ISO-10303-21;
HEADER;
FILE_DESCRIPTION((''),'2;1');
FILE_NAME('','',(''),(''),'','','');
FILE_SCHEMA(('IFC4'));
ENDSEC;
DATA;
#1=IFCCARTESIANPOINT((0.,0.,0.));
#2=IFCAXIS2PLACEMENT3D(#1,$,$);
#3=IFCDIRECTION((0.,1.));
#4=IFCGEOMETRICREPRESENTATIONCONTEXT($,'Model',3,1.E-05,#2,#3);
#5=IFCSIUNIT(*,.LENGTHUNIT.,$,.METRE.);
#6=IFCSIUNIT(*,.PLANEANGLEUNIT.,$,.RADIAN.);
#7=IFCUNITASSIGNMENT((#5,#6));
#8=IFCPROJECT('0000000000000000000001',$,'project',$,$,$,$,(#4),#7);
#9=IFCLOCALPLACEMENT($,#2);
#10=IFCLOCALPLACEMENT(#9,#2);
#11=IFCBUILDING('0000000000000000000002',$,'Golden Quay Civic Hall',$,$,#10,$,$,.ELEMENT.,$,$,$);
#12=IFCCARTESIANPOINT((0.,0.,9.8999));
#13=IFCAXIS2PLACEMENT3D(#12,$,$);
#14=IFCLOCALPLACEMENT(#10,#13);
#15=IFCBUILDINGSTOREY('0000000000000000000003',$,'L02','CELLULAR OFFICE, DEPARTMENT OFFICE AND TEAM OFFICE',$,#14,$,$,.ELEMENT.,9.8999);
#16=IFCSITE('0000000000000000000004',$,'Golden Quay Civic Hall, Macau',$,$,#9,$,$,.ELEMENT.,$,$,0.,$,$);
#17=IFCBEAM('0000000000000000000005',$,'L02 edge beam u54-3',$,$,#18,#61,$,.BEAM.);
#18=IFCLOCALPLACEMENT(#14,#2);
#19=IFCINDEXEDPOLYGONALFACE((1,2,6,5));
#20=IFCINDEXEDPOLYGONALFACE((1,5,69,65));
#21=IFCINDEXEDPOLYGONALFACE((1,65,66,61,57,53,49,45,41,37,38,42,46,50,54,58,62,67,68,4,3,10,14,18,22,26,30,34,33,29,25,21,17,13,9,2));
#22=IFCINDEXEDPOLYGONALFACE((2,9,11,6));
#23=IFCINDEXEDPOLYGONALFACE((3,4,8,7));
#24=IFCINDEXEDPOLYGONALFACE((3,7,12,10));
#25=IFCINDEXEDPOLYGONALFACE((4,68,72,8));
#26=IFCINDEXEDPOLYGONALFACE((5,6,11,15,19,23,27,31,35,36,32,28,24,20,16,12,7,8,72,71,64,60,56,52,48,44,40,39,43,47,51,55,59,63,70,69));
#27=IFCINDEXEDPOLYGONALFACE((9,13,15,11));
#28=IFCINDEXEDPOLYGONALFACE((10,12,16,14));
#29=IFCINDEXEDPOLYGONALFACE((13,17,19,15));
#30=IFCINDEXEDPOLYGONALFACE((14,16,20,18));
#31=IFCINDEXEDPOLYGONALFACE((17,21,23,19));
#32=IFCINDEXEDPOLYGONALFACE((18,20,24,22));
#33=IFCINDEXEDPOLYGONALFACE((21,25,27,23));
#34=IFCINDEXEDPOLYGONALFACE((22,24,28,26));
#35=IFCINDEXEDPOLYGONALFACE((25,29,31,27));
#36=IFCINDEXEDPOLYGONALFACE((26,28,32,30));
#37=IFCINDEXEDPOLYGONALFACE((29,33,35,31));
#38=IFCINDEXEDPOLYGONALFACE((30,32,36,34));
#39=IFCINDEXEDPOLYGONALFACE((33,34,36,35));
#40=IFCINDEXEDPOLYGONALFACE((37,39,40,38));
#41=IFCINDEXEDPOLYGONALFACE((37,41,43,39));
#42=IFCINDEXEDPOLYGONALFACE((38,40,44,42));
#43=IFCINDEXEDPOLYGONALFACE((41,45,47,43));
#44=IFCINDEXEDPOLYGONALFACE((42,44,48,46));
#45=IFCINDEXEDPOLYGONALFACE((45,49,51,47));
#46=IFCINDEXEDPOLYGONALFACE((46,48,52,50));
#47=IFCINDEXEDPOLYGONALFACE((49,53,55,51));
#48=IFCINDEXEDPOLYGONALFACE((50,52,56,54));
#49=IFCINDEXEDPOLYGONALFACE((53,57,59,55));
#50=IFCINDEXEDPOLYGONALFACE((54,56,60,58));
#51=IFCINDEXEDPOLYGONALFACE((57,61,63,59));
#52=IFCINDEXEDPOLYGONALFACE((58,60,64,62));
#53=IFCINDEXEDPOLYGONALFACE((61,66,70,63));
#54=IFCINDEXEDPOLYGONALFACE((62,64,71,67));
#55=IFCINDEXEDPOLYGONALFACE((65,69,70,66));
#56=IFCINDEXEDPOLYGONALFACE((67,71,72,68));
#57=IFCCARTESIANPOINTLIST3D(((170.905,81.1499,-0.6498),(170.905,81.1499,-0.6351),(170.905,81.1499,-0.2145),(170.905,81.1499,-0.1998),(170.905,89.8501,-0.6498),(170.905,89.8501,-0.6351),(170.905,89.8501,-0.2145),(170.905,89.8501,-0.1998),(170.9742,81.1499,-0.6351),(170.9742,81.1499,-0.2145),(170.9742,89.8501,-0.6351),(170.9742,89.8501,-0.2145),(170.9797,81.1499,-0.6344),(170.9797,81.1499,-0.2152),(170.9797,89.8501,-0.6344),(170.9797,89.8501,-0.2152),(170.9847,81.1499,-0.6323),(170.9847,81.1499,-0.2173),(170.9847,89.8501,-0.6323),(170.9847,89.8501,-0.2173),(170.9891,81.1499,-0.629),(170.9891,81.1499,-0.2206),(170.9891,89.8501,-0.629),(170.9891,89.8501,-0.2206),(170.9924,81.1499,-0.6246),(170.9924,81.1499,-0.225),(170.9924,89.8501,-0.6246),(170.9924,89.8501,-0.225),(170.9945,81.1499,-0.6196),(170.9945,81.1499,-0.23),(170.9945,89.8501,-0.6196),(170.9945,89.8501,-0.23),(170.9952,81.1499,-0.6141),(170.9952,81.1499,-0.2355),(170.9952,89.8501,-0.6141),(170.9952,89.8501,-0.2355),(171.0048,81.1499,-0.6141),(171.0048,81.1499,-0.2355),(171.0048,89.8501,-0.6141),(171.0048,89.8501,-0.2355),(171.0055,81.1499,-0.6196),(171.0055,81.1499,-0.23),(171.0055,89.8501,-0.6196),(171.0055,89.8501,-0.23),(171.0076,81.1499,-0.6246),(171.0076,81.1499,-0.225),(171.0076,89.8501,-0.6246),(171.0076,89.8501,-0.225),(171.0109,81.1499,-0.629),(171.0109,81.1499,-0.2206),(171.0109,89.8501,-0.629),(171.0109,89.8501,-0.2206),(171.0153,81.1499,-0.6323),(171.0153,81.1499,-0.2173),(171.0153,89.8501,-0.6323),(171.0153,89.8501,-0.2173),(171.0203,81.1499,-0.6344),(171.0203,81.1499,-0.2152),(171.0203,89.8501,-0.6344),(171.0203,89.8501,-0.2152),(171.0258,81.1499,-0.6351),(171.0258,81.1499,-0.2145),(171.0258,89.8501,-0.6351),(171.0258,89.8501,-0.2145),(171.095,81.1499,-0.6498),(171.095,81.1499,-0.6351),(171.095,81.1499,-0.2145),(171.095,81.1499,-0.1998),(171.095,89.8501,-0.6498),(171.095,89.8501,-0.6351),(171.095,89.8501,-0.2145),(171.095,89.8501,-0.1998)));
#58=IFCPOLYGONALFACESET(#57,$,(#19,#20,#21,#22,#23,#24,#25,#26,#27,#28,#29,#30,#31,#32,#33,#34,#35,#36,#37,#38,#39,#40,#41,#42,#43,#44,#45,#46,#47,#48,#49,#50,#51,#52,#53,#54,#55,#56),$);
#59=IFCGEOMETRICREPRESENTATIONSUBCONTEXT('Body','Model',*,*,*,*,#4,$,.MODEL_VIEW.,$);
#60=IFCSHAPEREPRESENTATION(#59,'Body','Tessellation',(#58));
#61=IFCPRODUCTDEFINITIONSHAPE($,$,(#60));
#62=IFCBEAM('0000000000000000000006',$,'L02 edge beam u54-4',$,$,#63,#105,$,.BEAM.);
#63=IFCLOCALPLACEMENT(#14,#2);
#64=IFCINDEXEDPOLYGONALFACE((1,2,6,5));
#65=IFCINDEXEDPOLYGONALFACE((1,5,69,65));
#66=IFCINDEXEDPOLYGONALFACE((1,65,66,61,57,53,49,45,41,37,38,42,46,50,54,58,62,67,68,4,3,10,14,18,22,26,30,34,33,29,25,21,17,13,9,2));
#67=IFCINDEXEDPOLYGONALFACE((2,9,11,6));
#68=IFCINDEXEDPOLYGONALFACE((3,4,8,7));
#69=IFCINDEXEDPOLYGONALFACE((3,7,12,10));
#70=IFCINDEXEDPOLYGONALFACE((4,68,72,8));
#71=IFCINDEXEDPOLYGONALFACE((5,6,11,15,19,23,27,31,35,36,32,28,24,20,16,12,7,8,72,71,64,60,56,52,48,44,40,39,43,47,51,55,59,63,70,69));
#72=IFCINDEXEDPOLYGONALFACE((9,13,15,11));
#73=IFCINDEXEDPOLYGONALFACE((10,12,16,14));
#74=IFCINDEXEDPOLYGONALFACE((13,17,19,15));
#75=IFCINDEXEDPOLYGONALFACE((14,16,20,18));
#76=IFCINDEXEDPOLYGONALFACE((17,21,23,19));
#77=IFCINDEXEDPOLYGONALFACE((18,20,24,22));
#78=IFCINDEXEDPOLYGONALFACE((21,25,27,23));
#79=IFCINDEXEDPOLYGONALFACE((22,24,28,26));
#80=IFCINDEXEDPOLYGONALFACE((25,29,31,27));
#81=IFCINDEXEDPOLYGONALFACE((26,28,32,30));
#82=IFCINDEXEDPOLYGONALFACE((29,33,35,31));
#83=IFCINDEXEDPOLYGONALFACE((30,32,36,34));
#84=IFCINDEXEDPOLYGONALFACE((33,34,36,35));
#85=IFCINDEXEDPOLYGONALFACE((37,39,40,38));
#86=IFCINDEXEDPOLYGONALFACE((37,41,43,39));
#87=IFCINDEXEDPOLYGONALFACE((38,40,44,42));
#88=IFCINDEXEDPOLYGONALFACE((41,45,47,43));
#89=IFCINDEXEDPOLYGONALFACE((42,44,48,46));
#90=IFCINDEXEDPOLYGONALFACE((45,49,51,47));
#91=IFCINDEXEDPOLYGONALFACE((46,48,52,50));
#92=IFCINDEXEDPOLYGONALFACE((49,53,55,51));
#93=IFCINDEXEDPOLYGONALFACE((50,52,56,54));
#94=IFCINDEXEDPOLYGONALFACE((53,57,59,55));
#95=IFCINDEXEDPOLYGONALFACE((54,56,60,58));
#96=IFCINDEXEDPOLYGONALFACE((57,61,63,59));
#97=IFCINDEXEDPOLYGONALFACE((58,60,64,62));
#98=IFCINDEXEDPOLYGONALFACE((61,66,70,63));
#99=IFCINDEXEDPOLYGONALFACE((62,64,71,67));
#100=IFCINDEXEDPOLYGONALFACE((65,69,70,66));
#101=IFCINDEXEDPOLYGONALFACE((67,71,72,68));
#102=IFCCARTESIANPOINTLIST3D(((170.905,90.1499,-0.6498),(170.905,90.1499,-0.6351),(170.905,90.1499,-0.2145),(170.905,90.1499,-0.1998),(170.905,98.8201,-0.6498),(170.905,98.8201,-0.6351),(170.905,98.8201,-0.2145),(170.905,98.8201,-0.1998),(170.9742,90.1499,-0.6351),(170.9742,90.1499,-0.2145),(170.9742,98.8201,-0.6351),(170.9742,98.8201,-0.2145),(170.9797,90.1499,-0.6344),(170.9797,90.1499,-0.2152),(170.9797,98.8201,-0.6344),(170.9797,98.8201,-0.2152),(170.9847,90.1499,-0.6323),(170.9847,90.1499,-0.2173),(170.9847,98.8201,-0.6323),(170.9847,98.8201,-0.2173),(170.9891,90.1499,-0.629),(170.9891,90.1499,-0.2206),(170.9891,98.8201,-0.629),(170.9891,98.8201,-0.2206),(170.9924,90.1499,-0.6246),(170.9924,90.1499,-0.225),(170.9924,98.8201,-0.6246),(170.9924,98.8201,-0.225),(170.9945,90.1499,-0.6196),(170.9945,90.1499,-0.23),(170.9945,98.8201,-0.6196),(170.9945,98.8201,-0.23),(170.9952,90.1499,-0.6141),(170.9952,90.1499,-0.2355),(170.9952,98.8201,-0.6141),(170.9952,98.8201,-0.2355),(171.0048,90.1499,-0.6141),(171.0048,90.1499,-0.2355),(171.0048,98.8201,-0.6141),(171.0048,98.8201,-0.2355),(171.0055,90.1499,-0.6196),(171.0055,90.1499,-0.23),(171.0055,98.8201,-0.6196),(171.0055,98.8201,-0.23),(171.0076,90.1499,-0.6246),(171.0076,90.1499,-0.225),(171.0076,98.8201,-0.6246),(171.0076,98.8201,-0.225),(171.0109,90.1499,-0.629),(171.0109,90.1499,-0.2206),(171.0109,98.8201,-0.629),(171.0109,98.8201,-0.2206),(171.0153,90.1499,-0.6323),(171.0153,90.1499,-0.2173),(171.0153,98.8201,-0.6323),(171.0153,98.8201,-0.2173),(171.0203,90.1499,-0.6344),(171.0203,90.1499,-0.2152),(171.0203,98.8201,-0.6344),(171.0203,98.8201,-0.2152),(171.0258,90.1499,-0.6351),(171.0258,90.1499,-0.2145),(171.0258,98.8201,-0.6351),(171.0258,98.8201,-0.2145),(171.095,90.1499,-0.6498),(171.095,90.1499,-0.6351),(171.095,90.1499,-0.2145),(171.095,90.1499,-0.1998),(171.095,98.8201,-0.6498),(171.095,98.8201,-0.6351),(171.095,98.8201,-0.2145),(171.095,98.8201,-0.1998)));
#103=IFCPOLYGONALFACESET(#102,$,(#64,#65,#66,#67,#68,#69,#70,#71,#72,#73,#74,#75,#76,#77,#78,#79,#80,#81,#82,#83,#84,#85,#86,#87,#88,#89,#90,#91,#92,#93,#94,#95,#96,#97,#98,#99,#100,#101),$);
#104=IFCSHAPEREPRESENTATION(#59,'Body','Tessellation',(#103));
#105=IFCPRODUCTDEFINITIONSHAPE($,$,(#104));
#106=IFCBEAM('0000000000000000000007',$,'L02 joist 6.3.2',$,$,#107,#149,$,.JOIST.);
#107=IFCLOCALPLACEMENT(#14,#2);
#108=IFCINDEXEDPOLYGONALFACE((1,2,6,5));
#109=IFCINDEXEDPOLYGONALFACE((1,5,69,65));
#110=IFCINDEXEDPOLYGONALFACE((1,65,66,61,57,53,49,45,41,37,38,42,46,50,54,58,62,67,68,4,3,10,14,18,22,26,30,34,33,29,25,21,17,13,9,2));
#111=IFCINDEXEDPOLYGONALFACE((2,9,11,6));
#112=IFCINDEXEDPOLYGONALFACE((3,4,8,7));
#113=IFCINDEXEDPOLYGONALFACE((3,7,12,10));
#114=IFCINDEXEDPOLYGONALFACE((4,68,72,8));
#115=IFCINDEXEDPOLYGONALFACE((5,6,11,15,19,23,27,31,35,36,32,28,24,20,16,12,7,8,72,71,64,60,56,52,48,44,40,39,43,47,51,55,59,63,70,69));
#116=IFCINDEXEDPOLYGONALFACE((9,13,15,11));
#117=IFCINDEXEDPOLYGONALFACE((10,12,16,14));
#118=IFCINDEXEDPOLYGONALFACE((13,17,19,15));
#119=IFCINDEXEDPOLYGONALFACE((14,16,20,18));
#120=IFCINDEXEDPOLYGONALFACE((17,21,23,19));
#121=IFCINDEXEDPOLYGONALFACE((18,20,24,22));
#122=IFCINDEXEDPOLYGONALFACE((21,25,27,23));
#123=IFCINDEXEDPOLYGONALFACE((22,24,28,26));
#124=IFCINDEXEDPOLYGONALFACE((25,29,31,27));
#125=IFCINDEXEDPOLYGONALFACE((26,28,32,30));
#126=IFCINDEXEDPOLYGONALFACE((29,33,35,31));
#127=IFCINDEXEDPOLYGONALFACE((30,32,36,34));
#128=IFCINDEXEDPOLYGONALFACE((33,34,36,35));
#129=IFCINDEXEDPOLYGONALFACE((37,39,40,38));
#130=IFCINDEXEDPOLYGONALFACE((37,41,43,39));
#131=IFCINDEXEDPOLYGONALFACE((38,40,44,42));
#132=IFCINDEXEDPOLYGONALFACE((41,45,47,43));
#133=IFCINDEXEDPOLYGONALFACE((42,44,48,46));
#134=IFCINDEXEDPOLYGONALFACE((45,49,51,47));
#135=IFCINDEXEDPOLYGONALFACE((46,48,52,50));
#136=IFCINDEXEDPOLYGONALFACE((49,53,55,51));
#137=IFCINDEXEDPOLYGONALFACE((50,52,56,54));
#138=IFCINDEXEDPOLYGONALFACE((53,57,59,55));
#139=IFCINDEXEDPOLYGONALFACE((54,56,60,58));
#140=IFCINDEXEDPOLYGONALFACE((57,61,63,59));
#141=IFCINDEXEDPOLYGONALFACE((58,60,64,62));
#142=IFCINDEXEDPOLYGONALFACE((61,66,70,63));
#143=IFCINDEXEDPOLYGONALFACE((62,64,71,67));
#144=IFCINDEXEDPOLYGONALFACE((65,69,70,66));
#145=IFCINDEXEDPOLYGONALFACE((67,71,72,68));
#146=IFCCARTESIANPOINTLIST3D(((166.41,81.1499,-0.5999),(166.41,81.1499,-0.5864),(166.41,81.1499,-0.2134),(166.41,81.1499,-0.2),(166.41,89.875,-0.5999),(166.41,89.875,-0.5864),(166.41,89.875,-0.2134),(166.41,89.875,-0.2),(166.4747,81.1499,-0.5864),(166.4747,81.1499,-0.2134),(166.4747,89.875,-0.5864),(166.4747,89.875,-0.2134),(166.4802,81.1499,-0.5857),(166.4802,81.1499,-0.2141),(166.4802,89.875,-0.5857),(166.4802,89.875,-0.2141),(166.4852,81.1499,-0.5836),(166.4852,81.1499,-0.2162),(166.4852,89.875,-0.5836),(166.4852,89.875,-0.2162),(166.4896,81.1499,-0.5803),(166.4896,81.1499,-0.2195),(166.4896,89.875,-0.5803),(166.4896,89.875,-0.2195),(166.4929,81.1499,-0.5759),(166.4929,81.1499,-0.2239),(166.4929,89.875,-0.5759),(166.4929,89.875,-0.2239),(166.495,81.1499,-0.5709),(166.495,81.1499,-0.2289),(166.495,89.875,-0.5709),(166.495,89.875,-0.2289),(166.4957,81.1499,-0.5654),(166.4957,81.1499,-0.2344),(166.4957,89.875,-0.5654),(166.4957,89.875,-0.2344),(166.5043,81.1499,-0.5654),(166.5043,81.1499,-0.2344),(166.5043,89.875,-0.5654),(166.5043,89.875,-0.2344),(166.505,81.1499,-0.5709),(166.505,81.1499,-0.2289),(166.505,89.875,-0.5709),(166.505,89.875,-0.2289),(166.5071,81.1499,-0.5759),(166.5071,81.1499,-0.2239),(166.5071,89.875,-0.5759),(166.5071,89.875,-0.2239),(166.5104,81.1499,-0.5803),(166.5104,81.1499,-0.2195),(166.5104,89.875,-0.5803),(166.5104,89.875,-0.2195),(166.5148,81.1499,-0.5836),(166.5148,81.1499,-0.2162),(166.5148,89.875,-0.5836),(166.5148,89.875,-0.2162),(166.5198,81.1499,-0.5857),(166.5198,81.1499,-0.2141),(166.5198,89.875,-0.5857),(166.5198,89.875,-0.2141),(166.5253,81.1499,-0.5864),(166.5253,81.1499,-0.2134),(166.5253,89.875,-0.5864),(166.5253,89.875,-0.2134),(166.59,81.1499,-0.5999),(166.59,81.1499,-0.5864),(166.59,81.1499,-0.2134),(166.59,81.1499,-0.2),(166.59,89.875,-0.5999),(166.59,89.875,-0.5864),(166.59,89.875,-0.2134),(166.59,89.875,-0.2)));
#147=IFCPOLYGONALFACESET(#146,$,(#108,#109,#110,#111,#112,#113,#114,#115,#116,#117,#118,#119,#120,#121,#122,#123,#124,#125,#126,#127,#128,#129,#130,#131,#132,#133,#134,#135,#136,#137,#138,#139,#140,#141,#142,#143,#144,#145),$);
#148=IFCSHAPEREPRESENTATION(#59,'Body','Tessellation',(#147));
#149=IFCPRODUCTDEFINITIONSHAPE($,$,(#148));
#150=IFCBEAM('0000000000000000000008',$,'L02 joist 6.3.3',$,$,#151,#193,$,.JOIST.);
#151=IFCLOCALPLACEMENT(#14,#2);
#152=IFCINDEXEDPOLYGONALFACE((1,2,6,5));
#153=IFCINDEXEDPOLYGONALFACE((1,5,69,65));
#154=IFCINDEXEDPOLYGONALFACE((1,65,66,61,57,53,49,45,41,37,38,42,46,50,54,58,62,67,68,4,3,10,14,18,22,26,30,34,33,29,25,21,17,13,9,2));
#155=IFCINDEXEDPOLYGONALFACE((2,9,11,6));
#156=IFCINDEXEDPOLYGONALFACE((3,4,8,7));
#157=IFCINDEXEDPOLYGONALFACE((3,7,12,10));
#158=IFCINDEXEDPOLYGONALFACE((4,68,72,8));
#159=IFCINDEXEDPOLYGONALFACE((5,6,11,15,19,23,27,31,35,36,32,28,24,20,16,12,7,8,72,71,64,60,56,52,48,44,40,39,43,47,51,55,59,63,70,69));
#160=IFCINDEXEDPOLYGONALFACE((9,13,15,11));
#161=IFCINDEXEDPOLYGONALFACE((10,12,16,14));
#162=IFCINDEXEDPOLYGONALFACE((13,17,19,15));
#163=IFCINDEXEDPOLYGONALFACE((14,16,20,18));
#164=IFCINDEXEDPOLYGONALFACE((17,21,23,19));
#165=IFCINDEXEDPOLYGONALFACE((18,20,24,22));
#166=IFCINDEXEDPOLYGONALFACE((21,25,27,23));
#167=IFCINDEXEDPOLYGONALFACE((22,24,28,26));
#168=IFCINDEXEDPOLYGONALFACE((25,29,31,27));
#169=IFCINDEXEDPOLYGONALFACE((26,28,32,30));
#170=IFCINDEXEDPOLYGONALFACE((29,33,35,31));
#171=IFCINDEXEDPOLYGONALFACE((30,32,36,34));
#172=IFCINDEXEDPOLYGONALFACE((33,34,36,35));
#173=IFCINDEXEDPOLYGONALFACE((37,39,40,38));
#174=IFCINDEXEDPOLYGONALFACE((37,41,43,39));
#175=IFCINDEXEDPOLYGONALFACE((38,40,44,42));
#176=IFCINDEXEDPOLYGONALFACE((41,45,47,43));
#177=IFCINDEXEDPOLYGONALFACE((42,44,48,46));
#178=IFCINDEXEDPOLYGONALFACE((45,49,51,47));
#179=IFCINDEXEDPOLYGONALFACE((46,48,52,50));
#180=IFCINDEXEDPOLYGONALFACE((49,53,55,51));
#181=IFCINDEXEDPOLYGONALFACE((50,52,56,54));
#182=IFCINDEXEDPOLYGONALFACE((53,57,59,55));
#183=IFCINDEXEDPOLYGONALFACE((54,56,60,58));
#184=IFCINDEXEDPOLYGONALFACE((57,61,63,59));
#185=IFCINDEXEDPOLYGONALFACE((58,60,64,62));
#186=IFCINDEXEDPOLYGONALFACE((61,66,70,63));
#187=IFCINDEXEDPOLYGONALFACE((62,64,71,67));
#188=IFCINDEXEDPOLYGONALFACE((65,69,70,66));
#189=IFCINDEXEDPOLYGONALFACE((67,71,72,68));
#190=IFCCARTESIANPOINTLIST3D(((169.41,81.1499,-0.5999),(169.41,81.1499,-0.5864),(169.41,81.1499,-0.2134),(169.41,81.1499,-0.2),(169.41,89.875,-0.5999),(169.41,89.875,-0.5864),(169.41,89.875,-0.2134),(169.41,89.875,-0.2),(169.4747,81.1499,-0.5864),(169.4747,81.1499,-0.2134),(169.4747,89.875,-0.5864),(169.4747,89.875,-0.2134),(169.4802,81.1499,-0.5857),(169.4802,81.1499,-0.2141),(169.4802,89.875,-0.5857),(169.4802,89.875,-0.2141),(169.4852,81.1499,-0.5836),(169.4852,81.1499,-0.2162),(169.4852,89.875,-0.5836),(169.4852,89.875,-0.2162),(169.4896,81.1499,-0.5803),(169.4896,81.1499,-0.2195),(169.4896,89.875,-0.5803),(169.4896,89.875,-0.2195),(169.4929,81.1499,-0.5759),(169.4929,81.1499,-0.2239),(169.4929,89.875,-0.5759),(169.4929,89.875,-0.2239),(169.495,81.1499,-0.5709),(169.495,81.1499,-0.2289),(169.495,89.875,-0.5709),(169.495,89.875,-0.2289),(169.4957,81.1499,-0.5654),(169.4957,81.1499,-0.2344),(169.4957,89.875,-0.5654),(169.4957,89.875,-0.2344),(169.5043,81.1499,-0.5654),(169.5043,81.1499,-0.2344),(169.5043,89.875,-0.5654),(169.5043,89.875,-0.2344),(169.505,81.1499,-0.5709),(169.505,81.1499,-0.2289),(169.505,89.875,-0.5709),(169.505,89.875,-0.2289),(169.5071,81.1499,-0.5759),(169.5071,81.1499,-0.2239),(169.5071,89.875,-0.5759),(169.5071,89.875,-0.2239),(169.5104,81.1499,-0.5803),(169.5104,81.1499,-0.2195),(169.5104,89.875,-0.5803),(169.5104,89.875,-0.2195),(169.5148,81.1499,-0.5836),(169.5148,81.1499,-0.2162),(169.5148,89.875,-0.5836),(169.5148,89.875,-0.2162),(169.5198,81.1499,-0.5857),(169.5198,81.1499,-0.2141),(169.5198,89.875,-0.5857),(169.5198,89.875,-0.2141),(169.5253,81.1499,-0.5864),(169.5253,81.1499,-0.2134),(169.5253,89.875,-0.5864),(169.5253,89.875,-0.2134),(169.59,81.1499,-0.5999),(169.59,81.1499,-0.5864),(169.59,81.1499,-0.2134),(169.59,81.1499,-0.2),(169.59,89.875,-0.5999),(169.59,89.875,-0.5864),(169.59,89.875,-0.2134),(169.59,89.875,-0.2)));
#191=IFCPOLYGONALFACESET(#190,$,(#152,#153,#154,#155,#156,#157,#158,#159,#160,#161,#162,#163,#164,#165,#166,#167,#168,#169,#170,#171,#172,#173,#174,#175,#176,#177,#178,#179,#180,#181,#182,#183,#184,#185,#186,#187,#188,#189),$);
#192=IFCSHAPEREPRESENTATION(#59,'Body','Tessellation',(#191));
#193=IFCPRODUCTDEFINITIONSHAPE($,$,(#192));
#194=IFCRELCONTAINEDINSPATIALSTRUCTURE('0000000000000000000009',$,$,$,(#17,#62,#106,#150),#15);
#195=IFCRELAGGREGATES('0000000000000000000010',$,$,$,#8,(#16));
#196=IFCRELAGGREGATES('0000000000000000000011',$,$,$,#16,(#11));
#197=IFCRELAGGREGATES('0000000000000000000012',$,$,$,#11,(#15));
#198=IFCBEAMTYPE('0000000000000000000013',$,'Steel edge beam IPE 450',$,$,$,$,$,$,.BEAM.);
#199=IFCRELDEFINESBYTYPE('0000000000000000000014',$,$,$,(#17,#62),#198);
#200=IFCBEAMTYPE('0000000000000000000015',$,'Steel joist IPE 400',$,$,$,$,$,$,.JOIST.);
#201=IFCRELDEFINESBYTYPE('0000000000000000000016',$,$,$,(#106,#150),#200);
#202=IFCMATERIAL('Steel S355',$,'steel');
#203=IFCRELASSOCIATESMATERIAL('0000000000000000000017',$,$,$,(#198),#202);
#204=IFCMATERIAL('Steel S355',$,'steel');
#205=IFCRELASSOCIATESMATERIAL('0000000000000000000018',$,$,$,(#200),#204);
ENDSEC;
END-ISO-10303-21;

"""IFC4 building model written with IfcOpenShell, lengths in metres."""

from ifc_helpers import new_model, si_unit, direction, frame, origin, origin_2d, place, context, subcontext, project, spatial, i_section, extrude, material, material_profile, profile_set, type_object, element, save


model = new_model("IFC4")

# Units and contexts
model_context = context("Model", 3, precision=1e-05, world=origin(), true_north=direction((0.0, 1.0)))
body_context = subcontext(model_context, "Body", "Model", "MODEL_VIEW")
ifc_project = project(units=[si_unit("LENGTHUNIT", "METRE"), si_unit("PLANEANGLEUNIT", "RADIAN")], contexts=[model_context])

# Site, building, storey
site_placement = place(None, origin())
site = spatial("IfcSite", under=ifc_project, at=site_placement, Name="Golden Quay Civic Hall, Macau", CompositionType="ELEMENT", RefElevation=0.0)
building_placement = place(site_placement, origin())
building = spatial("IfcBuilding", under=site, at=building_placement, Name="Golden Quay Civic Hall", CompositionType="ELEMENT")
storey_placement = place(building_placement, frame((0.0, 0.0, 9.8999)))
storey = spatial("IfcBuildingStorey", under=building, at=storey_placement, Name="L02", Description="CELLULAR OFFICE, DEPARTMENT OFFICE AND TEAM OFFICE", CompositionType="ELEMENT", Elevation=9.8999)

# Beams
ifc_material_1 = material(Name="Steel S355", Category="steel")
ifc_material_profile_1 = material_profile(ifc_material_1, i_section(OverallWidth=0.1899, OverallDepth=0.45, WebThickness=0.0095, FlangeThickness=0.0146, FilletRadius=0.021, at=origin_2d()), Name="IPE 450")
ifc_profile_set_1 = profile_set([ifc_material_profile_1], Name="Steel S355")
beam_type_1 = type_object("IfcBeamType", Name="Steel edge beam IPE 450", PredefinedType="BEAM", material=ifc_profile_set_1)
beam_1_placement = place(storey_placement, frame((171.0, 81.1499, -0.4248), z_axis=(0.0, 1.0, 0.0), x_axis=(-1.0, 0.0, 0.0)))
element("IfcBeam", 1, at=beam_1_placement, inside=storey, type_object=beam_type_1, Name="L02 edge beam u54-3", PredefinedType="BEAM", context=body_context, shape_type="SweptSolid", body=[
    extrude(i_section(OverallWidth=0.1899, OverallDepth=0.45, WebThickness=0.0095, FlangeThickness=0.0146, FilletRadius=0.021, at=origin_2d()), origin(), (0.0, 0.0, 1.0), 8.7002),
])
beam_2_placement = place(storey_placement, frame((171.0, 90.1499, -0.4248), z_axis=(0.0, 1.0, 0.0), x_axis=(-1.0, 0.0, 0.0)))
element("IfcBeam", 2, at=beam_2_placement, inside=storey, type_object=beam_type_1, Name="L02 edge beam u54-4", PredefinedType="BEAM", context=body_context, shape_type="SweptSolid", body=[
    extrude(i_section(OverallWidth=0.1899, OverallDepth=0.45, WebThickness=0.0095, FlangeThickness=0.0146, FilletRadius=0.021, at=origin_2d()), origin(), (0.0, 0.0, 1.0), 8.6702),
])
ifc_material_2 = material(Name="Steel S355", Category="steel")
ifc_material_profile_2 = material_profile(ifc_material_2, i_section(OverallWidth=0.1799, OverallDepth=0.3999, WebThickness=0.0085, FlangeThickness=0.0134, FilletRadius=0.021, at=origin_2d()), Name="IPE 400")
ifc_profile_set_2 = profile_set([ifc_material_profile_2], Name="Steel S355")
beam_type_2 = type_object("IfcBeamType", Name="Steel joist IPE 400", PredefinedType="JOIST", material=ifc_profile_set_2)
for number, where, z_axis, x_axis, name in (
    (3, (166.5, 81.1499, -0.3999), (0.0, 1.0, 0.0), (-1.0, 0.0, 0.0), "L02 joist 6.3.2"),
    (4, (169.5, 81.1499, -0.3999), (0.0, 1.0, 0.0), (-1.0, 0.0, 0.0), "L02 joist 6.3.3"),
):
    element("IfcBeam", number, at=place(storey_placement, frame(where, z_axis=z_axis, x_axis=x_axis)), inside=storey, type_object=beam_type_2, Name=name, PredefinedType="JOIST", context=body_context, shape_type="SweptSolid", body=[
        extrude(i_section(OverallWidth=0.1799, OverallDepth=0.3999, WebThickness=0.0085, FlangeThickness=0.0134, FilletRadius=0.021, at=origin_2d()), origin(), (0.0, 0.0, 1.0), 8.7251),
    ])

save(model, "model.ifc")
